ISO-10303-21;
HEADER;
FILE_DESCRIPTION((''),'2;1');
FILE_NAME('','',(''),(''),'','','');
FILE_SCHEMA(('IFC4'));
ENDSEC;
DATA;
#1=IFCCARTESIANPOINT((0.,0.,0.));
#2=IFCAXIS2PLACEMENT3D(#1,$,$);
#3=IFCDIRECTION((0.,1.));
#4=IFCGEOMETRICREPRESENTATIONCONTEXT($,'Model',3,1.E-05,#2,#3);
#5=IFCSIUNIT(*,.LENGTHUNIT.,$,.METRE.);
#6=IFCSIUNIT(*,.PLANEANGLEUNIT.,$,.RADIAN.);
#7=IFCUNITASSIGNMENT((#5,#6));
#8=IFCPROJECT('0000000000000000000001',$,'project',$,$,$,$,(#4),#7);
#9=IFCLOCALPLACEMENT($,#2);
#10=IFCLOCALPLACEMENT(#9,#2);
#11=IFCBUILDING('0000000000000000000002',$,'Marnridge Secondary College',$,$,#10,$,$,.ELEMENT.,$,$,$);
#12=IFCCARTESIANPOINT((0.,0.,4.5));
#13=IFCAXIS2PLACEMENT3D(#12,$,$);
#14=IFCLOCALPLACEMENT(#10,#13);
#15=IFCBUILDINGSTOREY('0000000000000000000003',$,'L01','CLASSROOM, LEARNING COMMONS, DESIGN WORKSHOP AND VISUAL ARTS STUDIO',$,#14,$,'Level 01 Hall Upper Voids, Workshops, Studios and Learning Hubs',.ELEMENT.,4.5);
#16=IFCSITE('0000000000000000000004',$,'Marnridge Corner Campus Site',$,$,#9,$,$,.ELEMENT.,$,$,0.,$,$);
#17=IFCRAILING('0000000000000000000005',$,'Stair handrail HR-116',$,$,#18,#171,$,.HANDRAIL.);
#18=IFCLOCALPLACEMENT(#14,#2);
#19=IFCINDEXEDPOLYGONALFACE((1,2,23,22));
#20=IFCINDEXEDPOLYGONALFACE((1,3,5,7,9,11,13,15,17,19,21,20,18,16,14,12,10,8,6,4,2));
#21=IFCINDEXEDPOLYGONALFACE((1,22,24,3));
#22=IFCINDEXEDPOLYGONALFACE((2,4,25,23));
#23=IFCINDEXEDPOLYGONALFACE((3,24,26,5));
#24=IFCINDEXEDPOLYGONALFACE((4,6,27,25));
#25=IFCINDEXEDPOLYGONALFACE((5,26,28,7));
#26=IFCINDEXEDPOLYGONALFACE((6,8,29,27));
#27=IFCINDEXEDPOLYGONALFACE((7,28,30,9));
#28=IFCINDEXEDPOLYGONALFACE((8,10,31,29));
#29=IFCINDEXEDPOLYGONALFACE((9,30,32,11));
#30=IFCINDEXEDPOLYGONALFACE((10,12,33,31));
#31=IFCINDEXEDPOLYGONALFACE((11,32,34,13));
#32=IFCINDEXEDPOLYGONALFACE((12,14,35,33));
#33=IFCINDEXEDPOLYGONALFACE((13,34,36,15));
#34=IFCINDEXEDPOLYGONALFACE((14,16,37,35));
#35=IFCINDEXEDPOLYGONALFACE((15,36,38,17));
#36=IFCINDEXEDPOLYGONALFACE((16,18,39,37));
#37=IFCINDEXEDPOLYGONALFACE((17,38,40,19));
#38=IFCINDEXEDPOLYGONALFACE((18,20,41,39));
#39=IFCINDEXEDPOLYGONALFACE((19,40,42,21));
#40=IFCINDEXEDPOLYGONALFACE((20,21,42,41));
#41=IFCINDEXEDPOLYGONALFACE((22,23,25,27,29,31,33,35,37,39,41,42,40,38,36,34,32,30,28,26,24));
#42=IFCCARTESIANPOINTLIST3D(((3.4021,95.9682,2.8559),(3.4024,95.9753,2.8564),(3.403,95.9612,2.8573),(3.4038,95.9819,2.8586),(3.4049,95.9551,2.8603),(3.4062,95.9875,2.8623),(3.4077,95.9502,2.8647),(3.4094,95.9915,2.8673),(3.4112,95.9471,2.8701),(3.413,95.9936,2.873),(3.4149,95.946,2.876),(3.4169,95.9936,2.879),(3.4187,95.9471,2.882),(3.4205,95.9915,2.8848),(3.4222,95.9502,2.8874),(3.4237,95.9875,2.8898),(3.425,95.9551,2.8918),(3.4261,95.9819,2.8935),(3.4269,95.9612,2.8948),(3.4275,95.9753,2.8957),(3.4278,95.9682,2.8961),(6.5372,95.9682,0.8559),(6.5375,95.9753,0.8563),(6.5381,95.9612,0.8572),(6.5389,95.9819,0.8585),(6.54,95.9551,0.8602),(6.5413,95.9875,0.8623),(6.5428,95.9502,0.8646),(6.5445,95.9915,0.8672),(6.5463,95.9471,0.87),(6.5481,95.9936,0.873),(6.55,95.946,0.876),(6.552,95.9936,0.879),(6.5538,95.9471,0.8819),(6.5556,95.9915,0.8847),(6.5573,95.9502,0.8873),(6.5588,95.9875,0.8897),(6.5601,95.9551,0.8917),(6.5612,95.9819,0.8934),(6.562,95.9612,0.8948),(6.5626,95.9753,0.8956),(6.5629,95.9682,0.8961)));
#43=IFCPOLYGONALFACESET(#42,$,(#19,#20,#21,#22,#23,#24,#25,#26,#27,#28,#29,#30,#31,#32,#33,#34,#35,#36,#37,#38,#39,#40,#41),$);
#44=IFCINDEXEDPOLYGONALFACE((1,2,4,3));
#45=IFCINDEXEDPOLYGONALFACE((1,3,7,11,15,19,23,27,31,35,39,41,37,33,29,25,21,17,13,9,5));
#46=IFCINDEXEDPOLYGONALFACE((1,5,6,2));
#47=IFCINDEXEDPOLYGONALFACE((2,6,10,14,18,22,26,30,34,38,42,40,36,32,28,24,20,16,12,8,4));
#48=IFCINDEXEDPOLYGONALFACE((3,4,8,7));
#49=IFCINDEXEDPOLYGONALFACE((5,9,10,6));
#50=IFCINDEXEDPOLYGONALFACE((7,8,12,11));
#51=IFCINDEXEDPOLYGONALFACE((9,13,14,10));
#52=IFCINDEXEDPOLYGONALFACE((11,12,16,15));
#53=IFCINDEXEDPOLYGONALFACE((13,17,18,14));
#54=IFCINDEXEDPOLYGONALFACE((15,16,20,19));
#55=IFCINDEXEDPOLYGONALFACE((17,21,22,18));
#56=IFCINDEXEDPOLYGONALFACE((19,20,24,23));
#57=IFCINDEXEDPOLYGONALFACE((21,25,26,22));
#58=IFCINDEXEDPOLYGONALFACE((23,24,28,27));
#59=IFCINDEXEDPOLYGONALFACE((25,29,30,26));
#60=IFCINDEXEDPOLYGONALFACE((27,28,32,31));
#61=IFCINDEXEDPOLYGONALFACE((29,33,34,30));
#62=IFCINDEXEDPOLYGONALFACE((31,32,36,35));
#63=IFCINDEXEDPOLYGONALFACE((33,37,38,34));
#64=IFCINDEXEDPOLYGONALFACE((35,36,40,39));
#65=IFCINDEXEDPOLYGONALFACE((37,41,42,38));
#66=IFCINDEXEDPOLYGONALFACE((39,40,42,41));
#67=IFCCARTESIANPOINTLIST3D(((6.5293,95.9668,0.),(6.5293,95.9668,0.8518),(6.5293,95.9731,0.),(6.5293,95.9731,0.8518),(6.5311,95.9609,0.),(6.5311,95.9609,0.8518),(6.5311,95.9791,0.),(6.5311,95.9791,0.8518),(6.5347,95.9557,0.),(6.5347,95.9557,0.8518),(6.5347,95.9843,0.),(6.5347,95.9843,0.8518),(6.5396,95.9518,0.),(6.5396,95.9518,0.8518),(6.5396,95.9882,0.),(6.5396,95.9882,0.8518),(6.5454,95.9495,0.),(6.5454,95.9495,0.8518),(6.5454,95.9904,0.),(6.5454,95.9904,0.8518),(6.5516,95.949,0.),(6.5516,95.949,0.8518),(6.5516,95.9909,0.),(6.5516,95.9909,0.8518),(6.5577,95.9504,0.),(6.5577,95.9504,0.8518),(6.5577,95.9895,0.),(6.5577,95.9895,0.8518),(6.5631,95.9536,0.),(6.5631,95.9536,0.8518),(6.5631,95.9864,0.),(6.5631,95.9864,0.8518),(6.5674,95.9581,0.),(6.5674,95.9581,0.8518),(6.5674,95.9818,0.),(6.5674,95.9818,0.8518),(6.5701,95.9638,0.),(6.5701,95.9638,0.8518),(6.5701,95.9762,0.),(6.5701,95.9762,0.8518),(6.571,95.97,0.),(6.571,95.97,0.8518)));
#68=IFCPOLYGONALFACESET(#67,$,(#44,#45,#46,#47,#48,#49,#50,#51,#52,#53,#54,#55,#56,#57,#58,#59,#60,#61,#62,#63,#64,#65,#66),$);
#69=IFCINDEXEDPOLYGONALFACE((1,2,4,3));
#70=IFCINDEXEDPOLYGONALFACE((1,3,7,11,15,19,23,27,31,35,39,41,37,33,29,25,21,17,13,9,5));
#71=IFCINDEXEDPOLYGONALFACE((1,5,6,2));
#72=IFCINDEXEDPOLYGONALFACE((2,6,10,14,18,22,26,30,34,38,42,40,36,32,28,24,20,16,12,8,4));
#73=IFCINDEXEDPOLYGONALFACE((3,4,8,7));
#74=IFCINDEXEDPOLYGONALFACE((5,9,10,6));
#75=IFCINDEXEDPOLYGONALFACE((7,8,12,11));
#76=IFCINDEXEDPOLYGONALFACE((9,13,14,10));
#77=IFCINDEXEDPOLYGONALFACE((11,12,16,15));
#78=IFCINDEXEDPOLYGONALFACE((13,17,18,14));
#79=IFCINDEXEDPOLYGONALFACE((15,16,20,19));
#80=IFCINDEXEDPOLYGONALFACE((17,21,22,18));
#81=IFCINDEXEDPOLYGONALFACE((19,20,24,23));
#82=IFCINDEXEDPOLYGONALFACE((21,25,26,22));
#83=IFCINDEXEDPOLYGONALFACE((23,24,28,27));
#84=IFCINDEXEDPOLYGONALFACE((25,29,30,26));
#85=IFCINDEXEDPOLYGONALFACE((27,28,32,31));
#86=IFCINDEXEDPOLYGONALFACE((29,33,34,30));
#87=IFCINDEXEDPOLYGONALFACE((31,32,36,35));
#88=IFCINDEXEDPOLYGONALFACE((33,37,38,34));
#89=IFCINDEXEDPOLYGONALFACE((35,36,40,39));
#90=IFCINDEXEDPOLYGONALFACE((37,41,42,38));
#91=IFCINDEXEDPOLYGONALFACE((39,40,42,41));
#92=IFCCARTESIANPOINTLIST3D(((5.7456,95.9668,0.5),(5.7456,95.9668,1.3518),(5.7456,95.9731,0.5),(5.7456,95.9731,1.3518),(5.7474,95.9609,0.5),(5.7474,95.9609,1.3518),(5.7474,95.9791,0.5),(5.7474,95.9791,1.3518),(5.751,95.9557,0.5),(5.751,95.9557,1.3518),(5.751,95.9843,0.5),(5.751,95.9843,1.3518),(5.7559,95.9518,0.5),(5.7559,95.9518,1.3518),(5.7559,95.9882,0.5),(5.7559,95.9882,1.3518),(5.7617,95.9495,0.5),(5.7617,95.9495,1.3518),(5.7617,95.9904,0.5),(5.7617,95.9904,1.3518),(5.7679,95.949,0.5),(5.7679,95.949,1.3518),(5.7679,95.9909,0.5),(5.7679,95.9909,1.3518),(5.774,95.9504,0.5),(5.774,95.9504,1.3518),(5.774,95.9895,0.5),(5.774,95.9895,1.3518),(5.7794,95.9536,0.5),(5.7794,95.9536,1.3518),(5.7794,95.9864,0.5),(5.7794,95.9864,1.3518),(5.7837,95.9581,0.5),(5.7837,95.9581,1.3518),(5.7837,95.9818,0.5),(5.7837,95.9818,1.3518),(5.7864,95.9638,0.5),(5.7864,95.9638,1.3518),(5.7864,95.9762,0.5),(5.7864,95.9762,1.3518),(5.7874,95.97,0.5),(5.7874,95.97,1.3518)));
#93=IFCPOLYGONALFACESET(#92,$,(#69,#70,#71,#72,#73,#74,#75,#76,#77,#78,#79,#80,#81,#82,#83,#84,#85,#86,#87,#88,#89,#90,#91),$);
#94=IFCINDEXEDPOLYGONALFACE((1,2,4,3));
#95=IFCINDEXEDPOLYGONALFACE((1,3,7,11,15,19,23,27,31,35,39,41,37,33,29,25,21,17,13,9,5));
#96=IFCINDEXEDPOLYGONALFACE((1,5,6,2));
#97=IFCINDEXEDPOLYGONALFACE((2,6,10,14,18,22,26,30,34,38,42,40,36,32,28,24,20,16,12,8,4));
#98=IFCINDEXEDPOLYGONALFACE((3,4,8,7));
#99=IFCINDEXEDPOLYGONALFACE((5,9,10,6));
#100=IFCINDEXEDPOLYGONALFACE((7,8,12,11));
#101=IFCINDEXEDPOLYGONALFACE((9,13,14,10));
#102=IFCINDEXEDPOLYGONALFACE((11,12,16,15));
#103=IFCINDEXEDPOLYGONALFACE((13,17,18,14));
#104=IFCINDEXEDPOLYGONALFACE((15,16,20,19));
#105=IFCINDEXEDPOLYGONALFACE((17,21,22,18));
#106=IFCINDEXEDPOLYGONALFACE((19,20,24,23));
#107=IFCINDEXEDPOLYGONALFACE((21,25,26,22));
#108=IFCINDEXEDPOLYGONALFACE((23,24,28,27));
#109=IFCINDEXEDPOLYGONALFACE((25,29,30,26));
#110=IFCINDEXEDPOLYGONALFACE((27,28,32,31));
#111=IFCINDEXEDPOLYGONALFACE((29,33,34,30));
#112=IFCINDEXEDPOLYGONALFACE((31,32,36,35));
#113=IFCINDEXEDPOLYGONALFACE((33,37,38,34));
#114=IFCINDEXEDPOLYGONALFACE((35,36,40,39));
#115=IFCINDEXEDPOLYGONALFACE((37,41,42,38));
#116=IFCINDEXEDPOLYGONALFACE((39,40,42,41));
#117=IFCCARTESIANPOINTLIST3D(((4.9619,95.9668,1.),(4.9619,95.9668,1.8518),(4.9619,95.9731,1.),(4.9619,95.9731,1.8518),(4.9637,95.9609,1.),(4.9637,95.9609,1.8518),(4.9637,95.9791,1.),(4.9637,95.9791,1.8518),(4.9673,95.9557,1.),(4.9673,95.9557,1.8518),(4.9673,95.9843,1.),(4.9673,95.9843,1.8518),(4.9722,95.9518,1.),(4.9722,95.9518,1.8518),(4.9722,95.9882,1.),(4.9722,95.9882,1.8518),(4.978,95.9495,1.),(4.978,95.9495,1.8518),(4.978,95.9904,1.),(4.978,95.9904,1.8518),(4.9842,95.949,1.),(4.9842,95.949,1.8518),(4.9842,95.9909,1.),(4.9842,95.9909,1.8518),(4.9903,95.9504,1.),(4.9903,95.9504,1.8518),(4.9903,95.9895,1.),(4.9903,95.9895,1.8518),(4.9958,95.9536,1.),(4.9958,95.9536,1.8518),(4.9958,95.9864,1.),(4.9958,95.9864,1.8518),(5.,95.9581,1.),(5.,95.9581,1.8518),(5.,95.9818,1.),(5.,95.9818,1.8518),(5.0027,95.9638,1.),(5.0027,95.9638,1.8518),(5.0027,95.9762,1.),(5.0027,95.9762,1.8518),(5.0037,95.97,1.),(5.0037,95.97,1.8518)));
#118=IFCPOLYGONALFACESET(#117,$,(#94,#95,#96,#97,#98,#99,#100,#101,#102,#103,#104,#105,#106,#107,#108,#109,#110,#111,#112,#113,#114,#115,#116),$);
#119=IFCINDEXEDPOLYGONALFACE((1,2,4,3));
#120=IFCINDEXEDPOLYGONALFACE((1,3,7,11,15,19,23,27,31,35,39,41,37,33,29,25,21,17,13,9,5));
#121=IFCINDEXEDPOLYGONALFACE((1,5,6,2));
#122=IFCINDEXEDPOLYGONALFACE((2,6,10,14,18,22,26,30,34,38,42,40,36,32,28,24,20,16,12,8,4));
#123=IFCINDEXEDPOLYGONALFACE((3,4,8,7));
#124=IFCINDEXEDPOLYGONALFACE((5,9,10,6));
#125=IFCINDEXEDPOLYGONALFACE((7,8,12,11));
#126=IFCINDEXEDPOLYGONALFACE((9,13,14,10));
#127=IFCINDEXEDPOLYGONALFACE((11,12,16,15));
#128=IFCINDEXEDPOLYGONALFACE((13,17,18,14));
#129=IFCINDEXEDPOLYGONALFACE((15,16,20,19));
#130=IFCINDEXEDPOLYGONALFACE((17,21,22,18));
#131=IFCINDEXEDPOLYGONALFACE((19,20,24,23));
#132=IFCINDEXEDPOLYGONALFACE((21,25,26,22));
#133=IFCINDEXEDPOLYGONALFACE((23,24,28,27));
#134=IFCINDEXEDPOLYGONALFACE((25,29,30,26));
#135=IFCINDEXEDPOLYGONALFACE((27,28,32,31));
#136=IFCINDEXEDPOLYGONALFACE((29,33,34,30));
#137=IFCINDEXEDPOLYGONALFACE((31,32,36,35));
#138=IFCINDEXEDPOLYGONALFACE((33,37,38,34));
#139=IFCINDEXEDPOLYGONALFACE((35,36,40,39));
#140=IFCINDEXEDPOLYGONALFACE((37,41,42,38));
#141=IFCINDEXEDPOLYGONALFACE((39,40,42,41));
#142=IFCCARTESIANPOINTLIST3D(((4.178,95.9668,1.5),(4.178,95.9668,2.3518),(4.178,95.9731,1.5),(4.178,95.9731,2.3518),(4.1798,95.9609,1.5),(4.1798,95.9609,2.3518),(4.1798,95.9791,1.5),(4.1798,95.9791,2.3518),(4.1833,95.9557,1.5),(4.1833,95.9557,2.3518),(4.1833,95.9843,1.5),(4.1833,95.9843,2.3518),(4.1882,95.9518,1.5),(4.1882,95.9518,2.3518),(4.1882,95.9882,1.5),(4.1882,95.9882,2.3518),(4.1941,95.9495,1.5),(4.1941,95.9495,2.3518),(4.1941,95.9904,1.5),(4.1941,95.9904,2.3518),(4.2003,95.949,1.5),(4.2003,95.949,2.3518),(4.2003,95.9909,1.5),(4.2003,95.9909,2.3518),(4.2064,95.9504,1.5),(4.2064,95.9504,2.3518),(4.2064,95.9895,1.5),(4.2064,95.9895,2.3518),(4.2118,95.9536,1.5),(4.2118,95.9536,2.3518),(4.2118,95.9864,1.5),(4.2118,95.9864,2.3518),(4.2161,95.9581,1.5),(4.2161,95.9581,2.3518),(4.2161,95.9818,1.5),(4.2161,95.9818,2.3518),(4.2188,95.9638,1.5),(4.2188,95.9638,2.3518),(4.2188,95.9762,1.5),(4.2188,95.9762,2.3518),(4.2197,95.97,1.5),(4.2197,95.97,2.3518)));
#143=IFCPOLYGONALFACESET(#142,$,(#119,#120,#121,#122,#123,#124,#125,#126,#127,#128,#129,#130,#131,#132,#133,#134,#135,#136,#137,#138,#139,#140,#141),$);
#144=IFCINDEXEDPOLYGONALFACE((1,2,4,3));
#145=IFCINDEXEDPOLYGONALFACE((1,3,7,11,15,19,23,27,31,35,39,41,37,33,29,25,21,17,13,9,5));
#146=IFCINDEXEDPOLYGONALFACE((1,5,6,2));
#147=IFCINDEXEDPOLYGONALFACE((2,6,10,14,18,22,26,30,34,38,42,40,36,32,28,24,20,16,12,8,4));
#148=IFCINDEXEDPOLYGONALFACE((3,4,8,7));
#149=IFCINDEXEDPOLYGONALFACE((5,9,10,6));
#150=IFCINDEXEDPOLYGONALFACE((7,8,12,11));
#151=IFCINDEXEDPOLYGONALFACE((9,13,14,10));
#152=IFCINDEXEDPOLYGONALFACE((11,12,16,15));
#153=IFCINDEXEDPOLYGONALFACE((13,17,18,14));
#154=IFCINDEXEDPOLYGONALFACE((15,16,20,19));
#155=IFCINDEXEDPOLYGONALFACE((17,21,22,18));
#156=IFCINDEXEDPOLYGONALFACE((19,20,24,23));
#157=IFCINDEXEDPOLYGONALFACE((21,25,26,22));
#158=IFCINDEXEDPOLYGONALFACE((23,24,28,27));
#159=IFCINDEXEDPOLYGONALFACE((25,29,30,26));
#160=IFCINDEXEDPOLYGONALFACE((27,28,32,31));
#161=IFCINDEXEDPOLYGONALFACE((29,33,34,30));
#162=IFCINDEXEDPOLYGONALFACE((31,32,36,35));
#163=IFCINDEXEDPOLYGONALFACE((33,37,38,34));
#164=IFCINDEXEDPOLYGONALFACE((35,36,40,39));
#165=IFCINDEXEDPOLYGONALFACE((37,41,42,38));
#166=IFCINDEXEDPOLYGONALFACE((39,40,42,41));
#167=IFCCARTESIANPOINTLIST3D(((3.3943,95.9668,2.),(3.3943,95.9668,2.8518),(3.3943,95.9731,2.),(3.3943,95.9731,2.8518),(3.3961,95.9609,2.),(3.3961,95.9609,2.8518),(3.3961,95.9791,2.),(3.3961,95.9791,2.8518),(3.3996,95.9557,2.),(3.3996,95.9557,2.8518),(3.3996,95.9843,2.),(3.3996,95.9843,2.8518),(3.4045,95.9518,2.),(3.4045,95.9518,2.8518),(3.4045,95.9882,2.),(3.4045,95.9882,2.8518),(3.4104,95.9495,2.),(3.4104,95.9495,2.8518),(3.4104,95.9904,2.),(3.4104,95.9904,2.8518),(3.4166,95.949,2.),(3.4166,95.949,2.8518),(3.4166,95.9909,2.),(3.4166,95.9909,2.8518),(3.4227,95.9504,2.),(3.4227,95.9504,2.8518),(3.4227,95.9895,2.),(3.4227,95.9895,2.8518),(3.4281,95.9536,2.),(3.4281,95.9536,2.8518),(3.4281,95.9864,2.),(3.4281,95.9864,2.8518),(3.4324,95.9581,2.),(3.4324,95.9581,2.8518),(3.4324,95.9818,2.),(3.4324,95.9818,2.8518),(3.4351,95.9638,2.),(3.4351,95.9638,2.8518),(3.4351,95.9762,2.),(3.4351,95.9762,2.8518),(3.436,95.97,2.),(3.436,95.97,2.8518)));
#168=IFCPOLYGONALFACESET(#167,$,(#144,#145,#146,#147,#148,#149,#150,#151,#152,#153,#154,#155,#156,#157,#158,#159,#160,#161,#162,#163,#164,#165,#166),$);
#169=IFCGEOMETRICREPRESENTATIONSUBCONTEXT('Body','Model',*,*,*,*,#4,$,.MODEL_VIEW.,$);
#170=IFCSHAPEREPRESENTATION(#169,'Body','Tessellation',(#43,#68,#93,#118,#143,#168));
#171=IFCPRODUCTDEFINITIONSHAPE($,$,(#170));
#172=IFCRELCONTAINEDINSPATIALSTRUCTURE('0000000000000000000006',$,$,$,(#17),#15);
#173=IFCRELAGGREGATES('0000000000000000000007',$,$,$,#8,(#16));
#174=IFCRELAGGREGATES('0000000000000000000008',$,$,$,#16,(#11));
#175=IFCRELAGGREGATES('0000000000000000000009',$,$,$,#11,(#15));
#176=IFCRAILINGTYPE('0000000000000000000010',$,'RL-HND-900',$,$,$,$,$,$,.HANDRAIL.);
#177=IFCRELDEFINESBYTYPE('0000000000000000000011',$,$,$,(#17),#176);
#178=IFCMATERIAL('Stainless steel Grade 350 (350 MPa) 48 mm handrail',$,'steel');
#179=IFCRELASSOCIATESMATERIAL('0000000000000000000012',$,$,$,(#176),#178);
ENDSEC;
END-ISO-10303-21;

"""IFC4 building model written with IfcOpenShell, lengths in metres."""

from ifc_helpers import new_model, si_unit, direction, frame, origin, origin_2d, place, context, subcontext, project, spatial, circle, extrude, material, type_object, element, save


model = new_model("IFC4")

# Units and contexts
model_context = context("Model", 3, precision=1e-05, world=origin(), true_north=direction((0.0, 1.0)))
body_context = subcontext(model_context, "Body", "Model", "MODEL_VIEW")
ifc_project = project(units=[si_unit("LENGTHUNIT", "METRE"), si_unit("PLANEANGLEUNIT", "RADIAN")], contexts=[model_context])

# Site, building, storey
site_placement = place(None, origin())
site = spatial("IfcSite", under=ifc_project, at=site_placement, Name="Marnridge Corner Campus Site", CompositionType="ELEMENT", RefElevation=0.0)
building_placement = place(site_placement, origin())
building = spatial("IfcBuilding", under=site, at=building_placement, Name="Marnridge Secondary College", CompositionType="ELEMENT")
storey_placement = place(building_placement, frame((0.0, 0.0, 4.5)))
storey = spatial("IfcBuildingStorey", under=building, at=storey_placement, Name="L01", Description="CLASSROOM, LEARNING COMMONS, DESIGN WORKSHOP AND VISUAL ARTS STUDIO", LongName="Level 01 Hall Upper Voids, Workshops, Studios and Learning Hubs", CompositionType="ELEMENT", Elevation=4.5)

# Railing
ifc_material_1 = material(Name="Stainless steel Grade 350 (350 MPa) 48 mm handrail", Category="steel")
railing_type_1 = type_object("IfcRailingType", Name="RL-HND-900", PredefinedType="HANDRAIL", material=ifc_material_1)
railing_1_placement = place(storey_placement, frame((6.55, 95.97, 0.0)))
element("IfcRailing", 1, at=railing_1_placement, inside=storey, type_object=railing_type_1, Name="Stair handrail HR-116", PredefinedType="HANDRAIL", context=body_context, shape_type="SweptSolid", body=[
    extrude(circle(Radius=0.0239, at=origin_2d()), frame((0.0, 0.0, 0.876), z_axis=(-0.843053, 0.0, 0.537831), x_axis=(0.0, -1.0, 0.0)), (0.0, 0.0, 1.0), 3.7188),
    extrude(circle(Radius=0.021, at=origin_2d()), origin(), (0.0, 0.0, 1.0), 0.8518),
    extrude(circle(Radius=0.021, at=origin_2d()), frame((-0.7837, 0.0, 0.5)), (0.0, 0.0, 1.0), 0.8518),
    extrude(circle(Radius=0.021, at=origin_2d()), frame((-1.5674, 0.0, 1.0)), (0.0, 0.0, 1.0), 0.8518),
    extrude(circle(Radius=0.021, at=origin_2d()), frame((-2.3513, 0.0, 1.5)), (0.0, 0.0, 1.0), 0.8518),
    extrude(circle(Radius=0.021, at=origin_2d()), frame((-3.135, 0.0, 2.0)), (0.0, 0.0, 1.0), 0.8518),
])

save(model, "model.ifc")
